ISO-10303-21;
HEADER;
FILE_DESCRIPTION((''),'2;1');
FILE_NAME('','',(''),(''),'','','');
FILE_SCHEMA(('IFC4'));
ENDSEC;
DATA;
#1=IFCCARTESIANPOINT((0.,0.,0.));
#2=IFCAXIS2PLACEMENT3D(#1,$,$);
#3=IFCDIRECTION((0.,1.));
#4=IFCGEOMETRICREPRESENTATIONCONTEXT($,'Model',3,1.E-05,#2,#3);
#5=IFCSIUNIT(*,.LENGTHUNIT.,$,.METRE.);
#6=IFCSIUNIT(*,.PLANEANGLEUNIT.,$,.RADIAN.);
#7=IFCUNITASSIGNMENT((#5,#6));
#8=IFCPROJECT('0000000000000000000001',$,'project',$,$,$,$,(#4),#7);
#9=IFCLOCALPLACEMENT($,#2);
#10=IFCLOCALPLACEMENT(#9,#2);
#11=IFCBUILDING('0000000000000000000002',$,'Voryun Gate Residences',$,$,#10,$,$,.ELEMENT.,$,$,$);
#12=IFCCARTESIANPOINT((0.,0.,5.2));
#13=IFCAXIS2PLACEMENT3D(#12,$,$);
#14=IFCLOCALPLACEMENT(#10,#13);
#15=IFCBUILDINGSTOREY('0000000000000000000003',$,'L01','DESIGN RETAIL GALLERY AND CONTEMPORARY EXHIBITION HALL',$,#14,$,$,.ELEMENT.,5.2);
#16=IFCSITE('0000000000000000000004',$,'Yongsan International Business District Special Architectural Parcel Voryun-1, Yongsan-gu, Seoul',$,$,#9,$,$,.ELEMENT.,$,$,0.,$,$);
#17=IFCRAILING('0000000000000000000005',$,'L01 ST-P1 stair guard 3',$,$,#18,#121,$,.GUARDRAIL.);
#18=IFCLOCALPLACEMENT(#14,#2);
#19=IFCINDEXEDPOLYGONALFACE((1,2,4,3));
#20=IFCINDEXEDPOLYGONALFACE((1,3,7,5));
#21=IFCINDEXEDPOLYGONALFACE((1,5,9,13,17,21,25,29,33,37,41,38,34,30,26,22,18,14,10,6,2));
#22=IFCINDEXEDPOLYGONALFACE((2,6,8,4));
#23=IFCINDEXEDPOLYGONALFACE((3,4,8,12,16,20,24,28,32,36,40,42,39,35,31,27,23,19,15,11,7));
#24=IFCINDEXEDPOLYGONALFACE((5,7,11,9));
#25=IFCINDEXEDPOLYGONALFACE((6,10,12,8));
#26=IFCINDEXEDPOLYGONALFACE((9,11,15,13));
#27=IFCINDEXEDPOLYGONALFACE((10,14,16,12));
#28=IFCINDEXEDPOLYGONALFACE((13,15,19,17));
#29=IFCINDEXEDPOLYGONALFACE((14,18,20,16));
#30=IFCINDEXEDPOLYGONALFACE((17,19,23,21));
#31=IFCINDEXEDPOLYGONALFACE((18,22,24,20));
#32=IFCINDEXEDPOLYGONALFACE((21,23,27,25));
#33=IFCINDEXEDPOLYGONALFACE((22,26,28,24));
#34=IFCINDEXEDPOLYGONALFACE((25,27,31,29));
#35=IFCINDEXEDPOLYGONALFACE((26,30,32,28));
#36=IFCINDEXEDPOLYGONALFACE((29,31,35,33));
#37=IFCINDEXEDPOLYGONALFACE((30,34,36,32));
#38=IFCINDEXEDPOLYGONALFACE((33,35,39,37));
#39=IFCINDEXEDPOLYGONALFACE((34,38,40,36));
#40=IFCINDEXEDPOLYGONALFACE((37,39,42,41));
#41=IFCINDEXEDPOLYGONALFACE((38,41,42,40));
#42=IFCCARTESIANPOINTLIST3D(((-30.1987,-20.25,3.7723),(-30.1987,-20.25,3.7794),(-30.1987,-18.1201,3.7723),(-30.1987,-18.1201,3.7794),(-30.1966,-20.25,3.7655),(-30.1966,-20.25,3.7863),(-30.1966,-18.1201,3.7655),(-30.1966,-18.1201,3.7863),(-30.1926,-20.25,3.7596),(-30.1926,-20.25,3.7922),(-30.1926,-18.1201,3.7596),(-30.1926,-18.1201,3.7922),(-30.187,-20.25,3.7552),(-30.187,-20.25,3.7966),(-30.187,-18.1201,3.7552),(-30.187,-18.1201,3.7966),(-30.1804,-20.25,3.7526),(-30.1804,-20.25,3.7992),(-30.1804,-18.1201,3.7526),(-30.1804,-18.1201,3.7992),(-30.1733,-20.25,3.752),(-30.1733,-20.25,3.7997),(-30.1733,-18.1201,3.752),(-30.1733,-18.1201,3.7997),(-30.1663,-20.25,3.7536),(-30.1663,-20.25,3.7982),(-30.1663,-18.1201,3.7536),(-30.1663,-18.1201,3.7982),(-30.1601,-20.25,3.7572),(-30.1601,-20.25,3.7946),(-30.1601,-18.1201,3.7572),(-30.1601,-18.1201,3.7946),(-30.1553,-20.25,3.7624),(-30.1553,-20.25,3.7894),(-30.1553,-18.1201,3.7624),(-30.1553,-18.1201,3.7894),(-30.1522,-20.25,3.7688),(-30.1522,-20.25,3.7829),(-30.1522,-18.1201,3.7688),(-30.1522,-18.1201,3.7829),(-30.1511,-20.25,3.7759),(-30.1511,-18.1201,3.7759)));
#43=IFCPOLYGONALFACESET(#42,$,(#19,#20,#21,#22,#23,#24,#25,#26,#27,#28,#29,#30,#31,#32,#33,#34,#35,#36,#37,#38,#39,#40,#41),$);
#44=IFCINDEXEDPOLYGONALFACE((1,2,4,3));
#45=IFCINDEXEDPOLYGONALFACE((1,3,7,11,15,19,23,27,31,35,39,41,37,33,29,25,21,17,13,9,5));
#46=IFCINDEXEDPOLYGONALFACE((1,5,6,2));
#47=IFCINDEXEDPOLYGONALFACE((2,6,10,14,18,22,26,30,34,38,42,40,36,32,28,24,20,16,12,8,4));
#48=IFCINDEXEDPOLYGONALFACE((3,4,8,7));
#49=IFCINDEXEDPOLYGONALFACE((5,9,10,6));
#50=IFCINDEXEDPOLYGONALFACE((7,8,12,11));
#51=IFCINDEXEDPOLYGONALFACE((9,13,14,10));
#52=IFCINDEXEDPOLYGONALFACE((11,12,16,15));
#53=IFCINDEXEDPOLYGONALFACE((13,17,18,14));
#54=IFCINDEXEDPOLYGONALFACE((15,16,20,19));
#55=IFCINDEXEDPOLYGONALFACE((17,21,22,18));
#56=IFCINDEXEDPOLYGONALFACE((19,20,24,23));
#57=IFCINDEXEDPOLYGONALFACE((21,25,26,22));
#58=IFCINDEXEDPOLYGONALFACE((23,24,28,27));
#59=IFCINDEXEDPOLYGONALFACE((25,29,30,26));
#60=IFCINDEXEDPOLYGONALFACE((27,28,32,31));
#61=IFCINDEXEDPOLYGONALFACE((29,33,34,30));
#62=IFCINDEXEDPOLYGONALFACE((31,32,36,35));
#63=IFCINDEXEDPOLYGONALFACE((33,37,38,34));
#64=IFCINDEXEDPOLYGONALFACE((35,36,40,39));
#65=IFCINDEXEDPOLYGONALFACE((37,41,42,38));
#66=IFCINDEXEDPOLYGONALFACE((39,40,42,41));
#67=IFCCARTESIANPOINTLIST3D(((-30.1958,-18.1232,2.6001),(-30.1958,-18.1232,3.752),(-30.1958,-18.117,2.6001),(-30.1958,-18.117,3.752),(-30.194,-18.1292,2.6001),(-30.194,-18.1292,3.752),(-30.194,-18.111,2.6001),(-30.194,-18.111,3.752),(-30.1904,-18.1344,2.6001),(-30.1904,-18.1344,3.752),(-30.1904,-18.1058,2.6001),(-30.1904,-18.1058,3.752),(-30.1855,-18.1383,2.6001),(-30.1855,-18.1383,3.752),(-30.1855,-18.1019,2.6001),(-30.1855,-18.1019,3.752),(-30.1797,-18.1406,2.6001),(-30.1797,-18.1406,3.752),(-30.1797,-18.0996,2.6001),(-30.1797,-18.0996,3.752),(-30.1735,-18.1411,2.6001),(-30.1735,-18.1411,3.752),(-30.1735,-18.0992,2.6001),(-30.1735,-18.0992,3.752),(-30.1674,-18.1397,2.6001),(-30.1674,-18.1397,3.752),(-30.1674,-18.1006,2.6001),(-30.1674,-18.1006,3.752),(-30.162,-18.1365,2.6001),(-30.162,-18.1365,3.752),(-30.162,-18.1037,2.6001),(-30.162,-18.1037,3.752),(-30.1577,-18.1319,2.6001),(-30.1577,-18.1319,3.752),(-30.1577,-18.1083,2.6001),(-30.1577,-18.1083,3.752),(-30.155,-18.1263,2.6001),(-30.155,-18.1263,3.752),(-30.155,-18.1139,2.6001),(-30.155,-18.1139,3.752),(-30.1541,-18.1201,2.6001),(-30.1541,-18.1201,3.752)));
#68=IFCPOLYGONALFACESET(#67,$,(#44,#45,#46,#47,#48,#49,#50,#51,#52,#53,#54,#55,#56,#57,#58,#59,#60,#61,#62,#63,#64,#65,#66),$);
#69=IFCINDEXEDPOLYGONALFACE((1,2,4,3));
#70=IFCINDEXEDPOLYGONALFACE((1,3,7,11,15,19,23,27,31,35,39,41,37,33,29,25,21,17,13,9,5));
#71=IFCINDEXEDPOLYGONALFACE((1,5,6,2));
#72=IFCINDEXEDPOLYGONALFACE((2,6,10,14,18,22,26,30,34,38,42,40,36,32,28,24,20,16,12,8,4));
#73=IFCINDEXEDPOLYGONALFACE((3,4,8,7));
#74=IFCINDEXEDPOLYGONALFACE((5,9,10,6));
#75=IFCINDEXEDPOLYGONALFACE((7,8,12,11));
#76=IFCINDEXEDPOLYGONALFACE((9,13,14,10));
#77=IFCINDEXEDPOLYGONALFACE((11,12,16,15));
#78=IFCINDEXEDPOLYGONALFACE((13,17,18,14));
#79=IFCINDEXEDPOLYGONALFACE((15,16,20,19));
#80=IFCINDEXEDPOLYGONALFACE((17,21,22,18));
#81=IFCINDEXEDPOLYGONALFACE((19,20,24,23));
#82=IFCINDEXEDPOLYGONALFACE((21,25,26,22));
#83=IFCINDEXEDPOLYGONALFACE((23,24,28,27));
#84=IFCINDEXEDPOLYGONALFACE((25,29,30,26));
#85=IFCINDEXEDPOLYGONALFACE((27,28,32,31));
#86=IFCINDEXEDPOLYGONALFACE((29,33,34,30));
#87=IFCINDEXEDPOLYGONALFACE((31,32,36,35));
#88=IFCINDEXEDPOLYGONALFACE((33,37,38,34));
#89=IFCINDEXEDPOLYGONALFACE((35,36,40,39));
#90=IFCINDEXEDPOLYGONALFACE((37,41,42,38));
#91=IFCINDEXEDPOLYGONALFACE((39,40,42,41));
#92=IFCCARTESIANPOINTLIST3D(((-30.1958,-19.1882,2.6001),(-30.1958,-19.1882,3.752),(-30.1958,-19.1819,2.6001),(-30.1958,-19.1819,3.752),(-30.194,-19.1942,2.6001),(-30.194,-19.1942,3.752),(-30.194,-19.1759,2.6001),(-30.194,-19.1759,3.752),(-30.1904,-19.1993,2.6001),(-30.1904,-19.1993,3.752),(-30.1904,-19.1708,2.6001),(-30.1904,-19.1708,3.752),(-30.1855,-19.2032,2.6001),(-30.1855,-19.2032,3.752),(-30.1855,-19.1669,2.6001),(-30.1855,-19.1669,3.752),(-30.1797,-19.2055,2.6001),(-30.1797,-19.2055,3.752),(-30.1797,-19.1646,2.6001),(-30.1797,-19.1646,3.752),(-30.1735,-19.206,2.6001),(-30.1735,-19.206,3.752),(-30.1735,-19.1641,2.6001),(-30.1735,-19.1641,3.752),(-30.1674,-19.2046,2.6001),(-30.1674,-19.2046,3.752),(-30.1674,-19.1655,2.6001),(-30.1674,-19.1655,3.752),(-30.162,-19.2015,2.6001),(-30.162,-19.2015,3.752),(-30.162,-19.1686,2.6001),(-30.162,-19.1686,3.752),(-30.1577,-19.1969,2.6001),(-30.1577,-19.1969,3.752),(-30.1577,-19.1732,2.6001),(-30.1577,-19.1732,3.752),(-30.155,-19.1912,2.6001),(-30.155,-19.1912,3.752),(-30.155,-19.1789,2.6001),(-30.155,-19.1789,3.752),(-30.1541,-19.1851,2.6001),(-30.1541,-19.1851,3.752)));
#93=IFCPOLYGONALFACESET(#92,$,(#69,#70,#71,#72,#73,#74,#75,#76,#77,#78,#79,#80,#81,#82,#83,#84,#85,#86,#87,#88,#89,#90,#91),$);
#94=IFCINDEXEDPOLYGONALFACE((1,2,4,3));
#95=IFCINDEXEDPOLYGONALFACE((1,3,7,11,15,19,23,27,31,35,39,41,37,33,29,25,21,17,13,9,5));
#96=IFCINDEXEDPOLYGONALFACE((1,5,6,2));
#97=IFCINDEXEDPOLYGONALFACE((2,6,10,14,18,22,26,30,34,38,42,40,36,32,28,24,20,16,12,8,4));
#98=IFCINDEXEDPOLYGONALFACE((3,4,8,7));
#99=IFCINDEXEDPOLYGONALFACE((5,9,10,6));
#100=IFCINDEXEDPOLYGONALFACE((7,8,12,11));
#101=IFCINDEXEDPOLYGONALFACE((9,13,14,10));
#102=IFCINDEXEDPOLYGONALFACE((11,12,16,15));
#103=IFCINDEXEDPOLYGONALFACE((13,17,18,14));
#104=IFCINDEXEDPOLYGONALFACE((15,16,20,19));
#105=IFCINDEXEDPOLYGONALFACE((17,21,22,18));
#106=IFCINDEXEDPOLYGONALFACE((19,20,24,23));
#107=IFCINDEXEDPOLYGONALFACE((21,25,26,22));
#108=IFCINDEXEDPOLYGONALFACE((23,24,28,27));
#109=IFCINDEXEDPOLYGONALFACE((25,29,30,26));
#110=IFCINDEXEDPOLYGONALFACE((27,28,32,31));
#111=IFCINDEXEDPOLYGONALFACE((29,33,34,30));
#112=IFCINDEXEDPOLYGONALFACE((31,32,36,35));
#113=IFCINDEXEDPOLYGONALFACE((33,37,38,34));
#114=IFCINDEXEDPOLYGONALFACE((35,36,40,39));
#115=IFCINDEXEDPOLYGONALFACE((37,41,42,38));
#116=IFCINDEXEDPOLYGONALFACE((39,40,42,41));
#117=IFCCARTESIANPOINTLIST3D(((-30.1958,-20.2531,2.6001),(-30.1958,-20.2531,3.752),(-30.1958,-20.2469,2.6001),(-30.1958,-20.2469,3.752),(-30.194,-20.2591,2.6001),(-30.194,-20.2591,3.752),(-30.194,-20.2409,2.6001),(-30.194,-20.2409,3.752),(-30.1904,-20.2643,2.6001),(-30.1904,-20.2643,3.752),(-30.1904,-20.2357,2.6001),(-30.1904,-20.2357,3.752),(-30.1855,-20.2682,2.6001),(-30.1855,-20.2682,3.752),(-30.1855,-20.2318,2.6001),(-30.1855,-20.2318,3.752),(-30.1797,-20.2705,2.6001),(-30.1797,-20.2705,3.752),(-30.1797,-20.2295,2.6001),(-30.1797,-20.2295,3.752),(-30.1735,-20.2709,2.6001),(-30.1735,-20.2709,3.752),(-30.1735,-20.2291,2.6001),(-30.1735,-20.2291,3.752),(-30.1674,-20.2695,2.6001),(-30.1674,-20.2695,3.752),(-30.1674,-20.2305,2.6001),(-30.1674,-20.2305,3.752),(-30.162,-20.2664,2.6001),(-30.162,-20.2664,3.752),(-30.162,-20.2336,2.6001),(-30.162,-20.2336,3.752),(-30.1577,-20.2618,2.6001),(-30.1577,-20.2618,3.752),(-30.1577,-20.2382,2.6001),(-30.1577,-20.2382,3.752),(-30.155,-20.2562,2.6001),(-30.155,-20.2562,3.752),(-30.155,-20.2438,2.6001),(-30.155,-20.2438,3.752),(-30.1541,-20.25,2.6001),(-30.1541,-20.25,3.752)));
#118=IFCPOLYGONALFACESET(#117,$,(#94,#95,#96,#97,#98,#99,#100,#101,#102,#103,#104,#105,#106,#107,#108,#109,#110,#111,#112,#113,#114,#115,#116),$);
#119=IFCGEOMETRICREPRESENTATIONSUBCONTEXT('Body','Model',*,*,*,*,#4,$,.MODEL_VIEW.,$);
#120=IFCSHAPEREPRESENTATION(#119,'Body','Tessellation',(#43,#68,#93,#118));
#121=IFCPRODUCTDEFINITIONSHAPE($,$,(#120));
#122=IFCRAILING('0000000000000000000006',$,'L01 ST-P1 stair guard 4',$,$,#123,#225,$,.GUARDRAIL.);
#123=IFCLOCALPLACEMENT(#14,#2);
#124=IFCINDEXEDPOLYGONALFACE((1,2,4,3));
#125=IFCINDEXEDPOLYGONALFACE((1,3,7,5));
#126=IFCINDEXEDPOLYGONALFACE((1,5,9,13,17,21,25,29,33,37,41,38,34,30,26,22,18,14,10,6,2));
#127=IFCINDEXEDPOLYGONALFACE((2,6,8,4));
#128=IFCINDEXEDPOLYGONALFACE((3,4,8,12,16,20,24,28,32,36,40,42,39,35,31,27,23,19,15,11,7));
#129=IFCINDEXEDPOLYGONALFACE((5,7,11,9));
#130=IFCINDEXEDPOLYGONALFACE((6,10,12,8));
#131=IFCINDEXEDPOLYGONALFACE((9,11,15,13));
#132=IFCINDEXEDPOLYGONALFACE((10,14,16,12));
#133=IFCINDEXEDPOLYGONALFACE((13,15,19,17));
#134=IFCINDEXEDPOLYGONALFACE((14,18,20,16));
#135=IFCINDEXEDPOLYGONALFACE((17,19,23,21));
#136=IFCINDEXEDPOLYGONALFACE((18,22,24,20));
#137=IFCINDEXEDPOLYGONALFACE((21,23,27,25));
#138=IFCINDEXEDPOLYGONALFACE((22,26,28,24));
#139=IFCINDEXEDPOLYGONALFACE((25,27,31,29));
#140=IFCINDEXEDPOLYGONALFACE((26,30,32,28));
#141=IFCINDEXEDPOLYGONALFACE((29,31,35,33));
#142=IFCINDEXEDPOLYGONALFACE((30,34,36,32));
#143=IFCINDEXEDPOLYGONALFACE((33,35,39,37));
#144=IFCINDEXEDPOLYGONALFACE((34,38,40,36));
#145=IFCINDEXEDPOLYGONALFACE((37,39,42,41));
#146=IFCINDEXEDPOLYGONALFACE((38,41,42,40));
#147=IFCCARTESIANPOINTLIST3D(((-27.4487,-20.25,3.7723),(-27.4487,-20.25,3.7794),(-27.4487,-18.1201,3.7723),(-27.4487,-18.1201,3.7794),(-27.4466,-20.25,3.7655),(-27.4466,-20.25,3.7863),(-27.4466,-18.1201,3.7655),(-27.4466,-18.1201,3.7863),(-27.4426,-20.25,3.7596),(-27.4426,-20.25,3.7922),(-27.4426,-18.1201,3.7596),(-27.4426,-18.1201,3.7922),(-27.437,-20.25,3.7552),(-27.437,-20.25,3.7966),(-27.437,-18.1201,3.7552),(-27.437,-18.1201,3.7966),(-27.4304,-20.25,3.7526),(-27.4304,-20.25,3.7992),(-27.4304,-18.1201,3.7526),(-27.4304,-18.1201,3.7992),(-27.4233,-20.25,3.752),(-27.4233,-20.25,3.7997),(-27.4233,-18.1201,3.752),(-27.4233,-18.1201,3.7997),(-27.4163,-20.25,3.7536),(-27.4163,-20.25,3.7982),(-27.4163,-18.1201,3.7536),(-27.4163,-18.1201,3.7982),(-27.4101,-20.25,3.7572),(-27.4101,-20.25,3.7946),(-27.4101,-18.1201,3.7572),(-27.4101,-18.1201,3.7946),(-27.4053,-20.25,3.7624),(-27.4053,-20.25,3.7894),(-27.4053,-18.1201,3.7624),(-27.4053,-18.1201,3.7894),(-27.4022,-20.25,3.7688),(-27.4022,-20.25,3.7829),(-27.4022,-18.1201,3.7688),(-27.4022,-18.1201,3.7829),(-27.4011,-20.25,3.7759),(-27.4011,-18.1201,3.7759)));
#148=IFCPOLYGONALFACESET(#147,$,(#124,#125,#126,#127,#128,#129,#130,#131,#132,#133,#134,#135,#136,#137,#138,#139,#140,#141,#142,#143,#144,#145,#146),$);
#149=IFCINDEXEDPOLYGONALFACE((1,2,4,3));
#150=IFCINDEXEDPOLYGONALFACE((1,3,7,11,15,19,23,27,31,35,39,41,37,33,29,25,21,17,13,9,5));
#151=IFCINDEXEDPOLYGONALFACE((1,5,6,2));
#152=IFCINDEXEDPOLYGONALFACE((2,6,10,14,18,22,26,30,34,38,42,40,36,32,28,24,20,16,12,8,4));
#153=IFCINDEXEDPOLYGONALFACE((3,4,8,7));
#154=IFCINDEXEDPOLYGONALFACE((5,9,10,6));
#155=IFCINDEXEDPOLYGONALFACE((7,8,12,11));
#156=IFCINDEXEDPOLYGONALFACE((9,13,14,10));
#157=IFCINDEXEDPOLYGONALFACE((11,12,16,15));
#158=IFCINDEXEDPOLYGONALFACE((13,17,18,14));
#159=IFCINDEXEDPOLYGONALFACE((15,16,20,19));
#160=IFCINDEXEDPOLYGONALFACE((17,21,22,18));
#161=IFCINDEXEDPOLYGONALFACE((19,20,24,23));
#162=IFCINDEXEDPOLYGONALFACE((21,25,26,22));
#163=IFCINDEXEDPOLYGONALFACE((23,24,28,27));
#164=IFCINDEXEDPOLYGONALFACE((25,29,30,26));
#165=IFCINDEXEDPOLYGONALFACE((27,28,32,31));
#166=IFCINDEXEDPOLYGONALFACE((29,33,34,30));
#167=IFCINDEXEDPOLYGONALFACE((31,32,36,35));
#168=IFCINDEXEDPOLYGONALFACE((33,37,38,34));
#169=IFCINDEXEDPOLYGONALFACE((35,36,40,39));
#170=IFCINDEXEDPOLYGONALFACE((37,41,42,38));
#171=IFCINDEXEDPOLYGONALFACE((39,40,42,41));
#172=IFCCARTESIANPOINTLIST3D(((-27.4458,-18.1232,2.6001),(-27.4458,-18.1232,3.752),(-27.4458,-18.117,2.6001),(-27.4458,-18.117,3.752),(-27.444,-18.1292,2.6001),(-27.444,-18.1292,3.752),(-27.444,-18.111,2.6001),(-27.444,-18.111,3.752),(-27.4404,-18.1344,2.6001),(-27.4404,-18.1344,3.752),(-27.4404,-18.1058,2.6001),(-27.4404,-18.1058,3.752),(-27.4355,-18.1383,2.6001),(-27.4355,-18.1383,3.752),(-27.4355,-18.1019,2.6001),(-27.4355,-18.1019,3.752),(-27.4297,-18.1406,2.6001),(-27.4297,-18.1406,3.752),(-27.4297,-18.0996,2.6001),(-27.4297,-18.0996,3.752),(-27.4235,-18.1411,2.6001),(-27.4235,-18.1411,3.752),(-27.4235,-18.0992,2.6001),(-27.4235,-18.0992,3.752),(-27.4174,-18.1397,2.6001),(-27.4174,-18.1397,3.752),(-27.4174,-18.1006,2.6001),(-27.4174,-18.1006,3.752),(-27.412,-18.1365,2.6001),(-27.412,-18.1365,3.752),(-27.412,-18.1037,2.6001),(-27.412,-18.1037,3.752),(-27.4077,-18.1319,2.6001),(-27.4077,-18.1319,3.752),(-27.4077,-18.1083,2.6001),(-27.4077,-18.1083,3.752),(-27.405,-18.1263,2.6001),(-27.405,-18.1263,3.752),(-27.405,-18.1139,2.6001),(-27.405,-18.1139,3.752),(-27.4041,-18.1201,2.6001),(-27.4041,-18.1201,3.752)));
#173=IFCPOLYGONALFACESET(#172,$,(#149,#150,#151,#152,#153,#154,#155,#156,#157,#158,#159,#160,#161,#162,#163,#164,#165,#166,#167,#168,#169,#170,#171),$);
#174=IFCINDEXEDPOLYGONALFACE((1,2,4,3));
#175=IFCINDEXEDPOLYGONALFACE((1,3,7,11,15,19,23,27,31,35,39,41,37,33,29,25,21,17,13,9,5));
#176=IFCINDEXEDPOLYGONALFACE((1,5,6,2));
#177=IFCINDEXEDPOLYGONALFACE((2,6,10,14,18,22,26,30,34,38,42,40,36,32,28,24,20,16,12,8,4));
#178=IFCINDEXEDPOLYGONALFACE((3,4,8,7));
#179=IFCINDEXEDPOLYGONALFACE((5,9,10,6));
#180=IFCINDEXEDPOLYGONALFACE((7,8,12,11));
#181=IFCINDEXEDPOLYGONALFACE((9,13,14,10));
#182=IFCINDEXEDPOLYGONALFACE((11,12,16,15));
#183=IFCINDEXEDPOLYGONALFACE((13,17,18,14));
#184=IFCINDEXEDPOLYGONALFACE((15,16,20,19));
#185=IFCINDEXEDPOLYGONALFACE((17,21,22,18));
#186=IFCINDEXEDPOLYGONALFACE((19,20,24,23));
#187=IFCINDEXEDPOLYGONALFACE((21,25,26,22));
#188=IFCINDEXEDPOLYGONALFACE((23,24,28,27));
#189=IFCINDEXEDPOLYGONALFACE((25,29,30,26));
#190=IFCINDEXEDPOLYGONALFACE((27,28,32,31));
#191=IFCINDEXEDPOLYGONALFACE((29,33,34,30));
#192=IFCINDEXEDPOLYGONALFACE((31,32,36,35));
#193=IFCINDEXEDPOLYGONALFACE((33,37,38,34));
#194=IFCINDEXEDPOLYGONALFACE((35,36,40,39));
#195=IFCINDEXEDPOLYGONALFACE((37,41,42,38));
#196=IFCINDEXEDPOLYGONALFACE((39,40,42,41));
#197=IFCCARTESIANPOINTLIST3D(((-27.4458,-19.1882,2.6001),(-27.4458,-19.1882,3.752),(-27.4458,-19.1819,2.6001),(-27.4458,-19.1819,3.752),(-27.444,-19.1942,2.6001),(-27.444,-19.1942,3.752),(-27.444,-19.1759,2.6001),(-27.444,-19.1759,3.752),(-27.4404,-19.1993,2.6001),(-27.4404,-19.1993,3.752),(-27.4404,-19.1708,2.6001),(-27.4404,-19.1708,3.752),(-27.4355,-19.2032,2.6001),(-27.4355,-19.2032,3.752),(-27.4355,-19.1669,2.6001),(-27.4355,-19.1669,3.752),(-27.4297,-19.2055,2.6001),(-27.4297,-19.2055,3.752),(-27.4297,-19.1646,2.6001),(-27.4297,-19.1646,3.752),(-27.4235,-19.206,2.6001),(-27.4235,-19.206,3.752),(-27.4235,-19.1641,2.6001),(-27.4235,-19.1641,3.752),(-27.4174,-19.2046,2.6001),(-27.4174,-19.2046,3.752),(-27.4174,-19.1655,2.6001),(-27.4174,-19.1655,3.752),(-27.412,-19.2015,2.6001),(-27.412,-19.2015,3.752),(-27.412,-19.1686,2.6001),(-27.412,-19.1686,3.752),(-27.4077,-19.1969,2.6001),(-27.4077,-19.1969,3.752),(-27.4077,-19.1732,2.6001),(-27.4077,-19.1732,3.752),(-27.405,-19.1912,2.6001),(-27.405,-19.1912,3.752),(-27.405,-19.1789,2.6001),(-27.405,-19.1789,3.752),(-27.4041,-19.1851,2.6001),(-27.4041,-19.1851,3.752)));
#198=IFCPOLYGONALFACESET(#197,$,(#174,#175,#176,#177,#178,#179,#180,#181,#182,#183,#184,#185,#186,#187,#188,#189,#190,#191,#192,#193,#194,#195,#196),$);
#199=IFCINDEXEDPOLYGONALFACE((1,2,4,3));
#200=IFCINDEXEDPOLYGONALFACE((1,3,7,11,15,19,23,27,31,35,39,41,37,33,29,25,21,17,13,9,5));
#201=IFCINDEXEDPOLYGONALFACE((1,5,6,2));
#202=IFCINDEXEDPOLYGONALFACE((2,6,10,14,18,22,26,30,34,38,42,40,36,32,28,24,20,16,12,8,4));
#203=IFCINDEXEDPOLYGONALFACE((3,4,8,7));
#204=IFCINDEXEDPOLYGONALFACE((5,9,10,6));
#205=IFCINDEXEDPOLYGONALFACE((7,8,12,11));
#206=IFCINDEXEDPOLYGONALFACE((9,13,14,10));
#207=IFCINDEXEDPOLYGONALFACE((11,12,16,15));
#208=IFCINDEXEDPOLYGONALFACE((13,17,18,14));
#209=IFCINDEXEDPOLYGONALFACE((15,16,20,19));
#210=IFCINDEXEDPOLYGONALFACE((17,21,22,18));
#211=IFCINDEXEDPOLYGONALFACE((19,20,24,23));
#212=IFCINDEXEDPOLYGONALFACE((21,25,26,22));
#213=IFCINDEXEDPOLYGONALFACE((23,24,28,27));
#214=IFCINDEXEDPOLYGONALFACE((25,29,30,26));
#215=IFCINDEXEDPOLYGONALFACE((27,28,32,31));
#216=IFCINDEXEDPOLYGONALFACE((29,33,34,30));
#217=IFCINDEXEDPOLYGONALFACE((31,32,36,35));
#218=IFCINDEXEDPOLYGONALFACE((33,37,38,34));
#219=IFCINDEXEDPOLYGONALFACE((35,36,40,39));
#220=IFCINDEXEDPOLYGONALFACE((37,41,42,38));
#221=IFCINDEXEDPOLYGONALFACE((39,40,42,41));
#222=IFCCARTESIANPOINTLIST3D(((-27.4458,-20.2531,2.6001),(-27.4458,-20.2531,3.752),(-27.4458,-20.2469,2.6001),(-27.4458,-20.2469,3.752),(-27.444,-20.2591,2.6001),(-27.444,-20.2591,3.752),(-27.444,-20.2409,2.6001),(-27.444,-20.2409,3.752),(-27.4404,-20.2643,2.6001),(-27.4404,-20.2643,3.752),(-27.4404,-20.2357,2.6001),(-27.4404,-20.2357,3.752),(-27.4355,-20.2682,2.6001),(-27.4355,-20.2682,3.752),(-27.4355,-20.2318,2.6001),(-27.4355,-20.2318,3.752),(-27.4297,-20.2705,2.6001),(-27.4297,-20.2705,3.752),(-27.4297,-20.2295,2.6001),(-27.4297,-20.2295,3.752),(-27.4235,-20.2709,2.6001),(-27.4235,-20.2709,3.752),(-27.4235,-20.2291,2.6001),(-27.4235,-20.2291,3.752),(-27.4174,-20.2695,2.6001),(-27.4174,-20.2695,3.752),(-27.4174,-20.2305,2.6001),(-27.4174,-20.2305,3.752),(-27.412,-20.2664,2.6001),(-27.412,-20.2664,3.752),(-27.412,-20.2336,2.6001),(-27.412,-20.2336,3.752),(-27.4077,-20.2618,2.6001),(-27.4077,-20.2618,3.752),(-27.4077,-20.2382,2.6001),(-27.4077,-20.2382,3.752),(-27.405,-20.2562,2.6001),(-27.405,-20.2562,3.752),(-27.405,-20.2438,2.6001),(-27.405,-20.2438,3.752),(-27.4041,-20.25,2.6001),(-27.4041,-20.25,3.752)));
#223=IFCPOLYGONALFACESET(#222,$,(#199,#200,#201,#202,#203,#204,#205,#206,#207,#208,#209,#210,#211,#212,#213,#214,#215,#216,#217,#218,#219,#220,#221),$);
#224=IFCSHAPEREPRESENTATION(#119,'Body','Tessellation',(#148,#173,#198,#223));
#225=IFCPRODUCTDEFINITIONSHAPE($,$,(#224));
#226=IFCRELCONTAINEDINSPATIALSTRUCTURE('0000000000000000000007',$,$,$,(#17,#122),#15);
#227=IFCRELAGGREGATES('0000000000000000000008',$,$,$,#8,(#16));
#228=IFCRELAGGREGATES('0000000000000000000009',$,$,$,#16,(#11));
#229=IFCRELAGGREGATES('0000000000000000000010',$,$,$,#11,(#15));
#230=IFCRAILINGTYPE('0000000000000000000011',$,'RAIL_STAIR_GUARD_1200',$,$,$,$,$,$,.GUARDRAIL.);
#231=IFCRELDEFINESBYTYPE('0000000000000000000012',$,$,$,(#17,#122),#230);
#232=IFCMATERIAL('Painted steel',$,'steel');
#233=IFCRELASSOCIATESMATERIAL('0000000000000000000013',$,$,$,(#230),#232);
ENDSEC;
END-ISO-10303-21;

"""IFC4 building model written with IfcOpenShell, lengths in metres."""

from ifc_helpers import new_model, si_unit, direction, frame, origin, origin_2d, place, context, subcontext, project, spatial, circle, extrude, material, type_object, element, save


model = new_model("IFC4")

# Units and contexts
model_context = context("Model", 3, precision=1e-05, world=origin(), true_north=direction((0.0, 1.0)))
body_context = subcontext(model_context, "Body", "Model", "MODEL_VIEW")
ifc_project = project(units=[si_unit("LENGTHUNIT", "METRE"), si_unit("PLANEANGLEUNIT", "RADIAN")], contexts=[model_context])

# Site, building, storey
site_placement = place(None, origin())
site = spatial("IfcSite", under=ifc_project, at=site_placement, Name="Yongsan International Business District Special Architectural Parcel Voryun-1, Yongsan-gu, Seoul", CompositionType="ELEMENT", RefElevation=0.0)
building_placement = place(site_placement, origin())
building = spatial("IfcBuilding", under=site, at=building_placement, Name="Voryun Gate Residences", CompositionType="ELEMENT")
storey_placement = place(building_placement, frame((0.0, 0.0, 5.2)))
storey = spatial("IfcBuildingStorey", under=building, at=storey_placement, Name="L01", Description="DESIGN RETAIL GALLERY AND CONTEMPORARY EXHIBITION HALL", CompositionType="ELEMENT", Elevation=5.2)

# Railings
ifc_material_1 = material(Name="Painted steel", Category="steel")
railing_type_1 = type_object("IfcRailingType", Name="RAIL_STAIR_GUARD_1200", PredefinedType="GUARDRAIL", material=ifc_material_1)
for number, where, name in (
    (1, (-30.175, -18.1201, 2.6001), "L01 ST-P1 stair guard 3"),
    (2, (-27.425, -18.1201, 2.6001), "L01 ST-P1 stair guard 4"),
):
    element("IfcRailing", number, at=place(storey_placement, frame(where)), inside=storey, type_object=railing_type_1, Name=name, PredefinedType="GUARDRAIL", context=body_context, shape_type="SweptSolid", body=[
        extrude(circle(Radius=0.0239, at=origin_2d()), frame((0.0, 0.0, 1.1758), z_axis=(0.0, -1.0, 0.0), x_axis=(1.0, 0.0, 0.0)), (0.0, 0.0, 1.0), 2.1299),
        extrude(circle(Radius=0.021, at=origin_2d()), origin(), (0.0, 0.0, 1.0), 1.1519),
        extrude(circle(Radius=0.021, at=origin_2d()), frame((0.0, -1.0649, 0.0)), (0.0, 0.0, 1.0), 1.1519),
        extrude(circle(Radius=0.021, at=origin_2d()), frame((0.0, -2.1299, 0.0)), (0.0, 0.0, 1.0), 1.1519),
    ])

save(model, "model.ifc")
